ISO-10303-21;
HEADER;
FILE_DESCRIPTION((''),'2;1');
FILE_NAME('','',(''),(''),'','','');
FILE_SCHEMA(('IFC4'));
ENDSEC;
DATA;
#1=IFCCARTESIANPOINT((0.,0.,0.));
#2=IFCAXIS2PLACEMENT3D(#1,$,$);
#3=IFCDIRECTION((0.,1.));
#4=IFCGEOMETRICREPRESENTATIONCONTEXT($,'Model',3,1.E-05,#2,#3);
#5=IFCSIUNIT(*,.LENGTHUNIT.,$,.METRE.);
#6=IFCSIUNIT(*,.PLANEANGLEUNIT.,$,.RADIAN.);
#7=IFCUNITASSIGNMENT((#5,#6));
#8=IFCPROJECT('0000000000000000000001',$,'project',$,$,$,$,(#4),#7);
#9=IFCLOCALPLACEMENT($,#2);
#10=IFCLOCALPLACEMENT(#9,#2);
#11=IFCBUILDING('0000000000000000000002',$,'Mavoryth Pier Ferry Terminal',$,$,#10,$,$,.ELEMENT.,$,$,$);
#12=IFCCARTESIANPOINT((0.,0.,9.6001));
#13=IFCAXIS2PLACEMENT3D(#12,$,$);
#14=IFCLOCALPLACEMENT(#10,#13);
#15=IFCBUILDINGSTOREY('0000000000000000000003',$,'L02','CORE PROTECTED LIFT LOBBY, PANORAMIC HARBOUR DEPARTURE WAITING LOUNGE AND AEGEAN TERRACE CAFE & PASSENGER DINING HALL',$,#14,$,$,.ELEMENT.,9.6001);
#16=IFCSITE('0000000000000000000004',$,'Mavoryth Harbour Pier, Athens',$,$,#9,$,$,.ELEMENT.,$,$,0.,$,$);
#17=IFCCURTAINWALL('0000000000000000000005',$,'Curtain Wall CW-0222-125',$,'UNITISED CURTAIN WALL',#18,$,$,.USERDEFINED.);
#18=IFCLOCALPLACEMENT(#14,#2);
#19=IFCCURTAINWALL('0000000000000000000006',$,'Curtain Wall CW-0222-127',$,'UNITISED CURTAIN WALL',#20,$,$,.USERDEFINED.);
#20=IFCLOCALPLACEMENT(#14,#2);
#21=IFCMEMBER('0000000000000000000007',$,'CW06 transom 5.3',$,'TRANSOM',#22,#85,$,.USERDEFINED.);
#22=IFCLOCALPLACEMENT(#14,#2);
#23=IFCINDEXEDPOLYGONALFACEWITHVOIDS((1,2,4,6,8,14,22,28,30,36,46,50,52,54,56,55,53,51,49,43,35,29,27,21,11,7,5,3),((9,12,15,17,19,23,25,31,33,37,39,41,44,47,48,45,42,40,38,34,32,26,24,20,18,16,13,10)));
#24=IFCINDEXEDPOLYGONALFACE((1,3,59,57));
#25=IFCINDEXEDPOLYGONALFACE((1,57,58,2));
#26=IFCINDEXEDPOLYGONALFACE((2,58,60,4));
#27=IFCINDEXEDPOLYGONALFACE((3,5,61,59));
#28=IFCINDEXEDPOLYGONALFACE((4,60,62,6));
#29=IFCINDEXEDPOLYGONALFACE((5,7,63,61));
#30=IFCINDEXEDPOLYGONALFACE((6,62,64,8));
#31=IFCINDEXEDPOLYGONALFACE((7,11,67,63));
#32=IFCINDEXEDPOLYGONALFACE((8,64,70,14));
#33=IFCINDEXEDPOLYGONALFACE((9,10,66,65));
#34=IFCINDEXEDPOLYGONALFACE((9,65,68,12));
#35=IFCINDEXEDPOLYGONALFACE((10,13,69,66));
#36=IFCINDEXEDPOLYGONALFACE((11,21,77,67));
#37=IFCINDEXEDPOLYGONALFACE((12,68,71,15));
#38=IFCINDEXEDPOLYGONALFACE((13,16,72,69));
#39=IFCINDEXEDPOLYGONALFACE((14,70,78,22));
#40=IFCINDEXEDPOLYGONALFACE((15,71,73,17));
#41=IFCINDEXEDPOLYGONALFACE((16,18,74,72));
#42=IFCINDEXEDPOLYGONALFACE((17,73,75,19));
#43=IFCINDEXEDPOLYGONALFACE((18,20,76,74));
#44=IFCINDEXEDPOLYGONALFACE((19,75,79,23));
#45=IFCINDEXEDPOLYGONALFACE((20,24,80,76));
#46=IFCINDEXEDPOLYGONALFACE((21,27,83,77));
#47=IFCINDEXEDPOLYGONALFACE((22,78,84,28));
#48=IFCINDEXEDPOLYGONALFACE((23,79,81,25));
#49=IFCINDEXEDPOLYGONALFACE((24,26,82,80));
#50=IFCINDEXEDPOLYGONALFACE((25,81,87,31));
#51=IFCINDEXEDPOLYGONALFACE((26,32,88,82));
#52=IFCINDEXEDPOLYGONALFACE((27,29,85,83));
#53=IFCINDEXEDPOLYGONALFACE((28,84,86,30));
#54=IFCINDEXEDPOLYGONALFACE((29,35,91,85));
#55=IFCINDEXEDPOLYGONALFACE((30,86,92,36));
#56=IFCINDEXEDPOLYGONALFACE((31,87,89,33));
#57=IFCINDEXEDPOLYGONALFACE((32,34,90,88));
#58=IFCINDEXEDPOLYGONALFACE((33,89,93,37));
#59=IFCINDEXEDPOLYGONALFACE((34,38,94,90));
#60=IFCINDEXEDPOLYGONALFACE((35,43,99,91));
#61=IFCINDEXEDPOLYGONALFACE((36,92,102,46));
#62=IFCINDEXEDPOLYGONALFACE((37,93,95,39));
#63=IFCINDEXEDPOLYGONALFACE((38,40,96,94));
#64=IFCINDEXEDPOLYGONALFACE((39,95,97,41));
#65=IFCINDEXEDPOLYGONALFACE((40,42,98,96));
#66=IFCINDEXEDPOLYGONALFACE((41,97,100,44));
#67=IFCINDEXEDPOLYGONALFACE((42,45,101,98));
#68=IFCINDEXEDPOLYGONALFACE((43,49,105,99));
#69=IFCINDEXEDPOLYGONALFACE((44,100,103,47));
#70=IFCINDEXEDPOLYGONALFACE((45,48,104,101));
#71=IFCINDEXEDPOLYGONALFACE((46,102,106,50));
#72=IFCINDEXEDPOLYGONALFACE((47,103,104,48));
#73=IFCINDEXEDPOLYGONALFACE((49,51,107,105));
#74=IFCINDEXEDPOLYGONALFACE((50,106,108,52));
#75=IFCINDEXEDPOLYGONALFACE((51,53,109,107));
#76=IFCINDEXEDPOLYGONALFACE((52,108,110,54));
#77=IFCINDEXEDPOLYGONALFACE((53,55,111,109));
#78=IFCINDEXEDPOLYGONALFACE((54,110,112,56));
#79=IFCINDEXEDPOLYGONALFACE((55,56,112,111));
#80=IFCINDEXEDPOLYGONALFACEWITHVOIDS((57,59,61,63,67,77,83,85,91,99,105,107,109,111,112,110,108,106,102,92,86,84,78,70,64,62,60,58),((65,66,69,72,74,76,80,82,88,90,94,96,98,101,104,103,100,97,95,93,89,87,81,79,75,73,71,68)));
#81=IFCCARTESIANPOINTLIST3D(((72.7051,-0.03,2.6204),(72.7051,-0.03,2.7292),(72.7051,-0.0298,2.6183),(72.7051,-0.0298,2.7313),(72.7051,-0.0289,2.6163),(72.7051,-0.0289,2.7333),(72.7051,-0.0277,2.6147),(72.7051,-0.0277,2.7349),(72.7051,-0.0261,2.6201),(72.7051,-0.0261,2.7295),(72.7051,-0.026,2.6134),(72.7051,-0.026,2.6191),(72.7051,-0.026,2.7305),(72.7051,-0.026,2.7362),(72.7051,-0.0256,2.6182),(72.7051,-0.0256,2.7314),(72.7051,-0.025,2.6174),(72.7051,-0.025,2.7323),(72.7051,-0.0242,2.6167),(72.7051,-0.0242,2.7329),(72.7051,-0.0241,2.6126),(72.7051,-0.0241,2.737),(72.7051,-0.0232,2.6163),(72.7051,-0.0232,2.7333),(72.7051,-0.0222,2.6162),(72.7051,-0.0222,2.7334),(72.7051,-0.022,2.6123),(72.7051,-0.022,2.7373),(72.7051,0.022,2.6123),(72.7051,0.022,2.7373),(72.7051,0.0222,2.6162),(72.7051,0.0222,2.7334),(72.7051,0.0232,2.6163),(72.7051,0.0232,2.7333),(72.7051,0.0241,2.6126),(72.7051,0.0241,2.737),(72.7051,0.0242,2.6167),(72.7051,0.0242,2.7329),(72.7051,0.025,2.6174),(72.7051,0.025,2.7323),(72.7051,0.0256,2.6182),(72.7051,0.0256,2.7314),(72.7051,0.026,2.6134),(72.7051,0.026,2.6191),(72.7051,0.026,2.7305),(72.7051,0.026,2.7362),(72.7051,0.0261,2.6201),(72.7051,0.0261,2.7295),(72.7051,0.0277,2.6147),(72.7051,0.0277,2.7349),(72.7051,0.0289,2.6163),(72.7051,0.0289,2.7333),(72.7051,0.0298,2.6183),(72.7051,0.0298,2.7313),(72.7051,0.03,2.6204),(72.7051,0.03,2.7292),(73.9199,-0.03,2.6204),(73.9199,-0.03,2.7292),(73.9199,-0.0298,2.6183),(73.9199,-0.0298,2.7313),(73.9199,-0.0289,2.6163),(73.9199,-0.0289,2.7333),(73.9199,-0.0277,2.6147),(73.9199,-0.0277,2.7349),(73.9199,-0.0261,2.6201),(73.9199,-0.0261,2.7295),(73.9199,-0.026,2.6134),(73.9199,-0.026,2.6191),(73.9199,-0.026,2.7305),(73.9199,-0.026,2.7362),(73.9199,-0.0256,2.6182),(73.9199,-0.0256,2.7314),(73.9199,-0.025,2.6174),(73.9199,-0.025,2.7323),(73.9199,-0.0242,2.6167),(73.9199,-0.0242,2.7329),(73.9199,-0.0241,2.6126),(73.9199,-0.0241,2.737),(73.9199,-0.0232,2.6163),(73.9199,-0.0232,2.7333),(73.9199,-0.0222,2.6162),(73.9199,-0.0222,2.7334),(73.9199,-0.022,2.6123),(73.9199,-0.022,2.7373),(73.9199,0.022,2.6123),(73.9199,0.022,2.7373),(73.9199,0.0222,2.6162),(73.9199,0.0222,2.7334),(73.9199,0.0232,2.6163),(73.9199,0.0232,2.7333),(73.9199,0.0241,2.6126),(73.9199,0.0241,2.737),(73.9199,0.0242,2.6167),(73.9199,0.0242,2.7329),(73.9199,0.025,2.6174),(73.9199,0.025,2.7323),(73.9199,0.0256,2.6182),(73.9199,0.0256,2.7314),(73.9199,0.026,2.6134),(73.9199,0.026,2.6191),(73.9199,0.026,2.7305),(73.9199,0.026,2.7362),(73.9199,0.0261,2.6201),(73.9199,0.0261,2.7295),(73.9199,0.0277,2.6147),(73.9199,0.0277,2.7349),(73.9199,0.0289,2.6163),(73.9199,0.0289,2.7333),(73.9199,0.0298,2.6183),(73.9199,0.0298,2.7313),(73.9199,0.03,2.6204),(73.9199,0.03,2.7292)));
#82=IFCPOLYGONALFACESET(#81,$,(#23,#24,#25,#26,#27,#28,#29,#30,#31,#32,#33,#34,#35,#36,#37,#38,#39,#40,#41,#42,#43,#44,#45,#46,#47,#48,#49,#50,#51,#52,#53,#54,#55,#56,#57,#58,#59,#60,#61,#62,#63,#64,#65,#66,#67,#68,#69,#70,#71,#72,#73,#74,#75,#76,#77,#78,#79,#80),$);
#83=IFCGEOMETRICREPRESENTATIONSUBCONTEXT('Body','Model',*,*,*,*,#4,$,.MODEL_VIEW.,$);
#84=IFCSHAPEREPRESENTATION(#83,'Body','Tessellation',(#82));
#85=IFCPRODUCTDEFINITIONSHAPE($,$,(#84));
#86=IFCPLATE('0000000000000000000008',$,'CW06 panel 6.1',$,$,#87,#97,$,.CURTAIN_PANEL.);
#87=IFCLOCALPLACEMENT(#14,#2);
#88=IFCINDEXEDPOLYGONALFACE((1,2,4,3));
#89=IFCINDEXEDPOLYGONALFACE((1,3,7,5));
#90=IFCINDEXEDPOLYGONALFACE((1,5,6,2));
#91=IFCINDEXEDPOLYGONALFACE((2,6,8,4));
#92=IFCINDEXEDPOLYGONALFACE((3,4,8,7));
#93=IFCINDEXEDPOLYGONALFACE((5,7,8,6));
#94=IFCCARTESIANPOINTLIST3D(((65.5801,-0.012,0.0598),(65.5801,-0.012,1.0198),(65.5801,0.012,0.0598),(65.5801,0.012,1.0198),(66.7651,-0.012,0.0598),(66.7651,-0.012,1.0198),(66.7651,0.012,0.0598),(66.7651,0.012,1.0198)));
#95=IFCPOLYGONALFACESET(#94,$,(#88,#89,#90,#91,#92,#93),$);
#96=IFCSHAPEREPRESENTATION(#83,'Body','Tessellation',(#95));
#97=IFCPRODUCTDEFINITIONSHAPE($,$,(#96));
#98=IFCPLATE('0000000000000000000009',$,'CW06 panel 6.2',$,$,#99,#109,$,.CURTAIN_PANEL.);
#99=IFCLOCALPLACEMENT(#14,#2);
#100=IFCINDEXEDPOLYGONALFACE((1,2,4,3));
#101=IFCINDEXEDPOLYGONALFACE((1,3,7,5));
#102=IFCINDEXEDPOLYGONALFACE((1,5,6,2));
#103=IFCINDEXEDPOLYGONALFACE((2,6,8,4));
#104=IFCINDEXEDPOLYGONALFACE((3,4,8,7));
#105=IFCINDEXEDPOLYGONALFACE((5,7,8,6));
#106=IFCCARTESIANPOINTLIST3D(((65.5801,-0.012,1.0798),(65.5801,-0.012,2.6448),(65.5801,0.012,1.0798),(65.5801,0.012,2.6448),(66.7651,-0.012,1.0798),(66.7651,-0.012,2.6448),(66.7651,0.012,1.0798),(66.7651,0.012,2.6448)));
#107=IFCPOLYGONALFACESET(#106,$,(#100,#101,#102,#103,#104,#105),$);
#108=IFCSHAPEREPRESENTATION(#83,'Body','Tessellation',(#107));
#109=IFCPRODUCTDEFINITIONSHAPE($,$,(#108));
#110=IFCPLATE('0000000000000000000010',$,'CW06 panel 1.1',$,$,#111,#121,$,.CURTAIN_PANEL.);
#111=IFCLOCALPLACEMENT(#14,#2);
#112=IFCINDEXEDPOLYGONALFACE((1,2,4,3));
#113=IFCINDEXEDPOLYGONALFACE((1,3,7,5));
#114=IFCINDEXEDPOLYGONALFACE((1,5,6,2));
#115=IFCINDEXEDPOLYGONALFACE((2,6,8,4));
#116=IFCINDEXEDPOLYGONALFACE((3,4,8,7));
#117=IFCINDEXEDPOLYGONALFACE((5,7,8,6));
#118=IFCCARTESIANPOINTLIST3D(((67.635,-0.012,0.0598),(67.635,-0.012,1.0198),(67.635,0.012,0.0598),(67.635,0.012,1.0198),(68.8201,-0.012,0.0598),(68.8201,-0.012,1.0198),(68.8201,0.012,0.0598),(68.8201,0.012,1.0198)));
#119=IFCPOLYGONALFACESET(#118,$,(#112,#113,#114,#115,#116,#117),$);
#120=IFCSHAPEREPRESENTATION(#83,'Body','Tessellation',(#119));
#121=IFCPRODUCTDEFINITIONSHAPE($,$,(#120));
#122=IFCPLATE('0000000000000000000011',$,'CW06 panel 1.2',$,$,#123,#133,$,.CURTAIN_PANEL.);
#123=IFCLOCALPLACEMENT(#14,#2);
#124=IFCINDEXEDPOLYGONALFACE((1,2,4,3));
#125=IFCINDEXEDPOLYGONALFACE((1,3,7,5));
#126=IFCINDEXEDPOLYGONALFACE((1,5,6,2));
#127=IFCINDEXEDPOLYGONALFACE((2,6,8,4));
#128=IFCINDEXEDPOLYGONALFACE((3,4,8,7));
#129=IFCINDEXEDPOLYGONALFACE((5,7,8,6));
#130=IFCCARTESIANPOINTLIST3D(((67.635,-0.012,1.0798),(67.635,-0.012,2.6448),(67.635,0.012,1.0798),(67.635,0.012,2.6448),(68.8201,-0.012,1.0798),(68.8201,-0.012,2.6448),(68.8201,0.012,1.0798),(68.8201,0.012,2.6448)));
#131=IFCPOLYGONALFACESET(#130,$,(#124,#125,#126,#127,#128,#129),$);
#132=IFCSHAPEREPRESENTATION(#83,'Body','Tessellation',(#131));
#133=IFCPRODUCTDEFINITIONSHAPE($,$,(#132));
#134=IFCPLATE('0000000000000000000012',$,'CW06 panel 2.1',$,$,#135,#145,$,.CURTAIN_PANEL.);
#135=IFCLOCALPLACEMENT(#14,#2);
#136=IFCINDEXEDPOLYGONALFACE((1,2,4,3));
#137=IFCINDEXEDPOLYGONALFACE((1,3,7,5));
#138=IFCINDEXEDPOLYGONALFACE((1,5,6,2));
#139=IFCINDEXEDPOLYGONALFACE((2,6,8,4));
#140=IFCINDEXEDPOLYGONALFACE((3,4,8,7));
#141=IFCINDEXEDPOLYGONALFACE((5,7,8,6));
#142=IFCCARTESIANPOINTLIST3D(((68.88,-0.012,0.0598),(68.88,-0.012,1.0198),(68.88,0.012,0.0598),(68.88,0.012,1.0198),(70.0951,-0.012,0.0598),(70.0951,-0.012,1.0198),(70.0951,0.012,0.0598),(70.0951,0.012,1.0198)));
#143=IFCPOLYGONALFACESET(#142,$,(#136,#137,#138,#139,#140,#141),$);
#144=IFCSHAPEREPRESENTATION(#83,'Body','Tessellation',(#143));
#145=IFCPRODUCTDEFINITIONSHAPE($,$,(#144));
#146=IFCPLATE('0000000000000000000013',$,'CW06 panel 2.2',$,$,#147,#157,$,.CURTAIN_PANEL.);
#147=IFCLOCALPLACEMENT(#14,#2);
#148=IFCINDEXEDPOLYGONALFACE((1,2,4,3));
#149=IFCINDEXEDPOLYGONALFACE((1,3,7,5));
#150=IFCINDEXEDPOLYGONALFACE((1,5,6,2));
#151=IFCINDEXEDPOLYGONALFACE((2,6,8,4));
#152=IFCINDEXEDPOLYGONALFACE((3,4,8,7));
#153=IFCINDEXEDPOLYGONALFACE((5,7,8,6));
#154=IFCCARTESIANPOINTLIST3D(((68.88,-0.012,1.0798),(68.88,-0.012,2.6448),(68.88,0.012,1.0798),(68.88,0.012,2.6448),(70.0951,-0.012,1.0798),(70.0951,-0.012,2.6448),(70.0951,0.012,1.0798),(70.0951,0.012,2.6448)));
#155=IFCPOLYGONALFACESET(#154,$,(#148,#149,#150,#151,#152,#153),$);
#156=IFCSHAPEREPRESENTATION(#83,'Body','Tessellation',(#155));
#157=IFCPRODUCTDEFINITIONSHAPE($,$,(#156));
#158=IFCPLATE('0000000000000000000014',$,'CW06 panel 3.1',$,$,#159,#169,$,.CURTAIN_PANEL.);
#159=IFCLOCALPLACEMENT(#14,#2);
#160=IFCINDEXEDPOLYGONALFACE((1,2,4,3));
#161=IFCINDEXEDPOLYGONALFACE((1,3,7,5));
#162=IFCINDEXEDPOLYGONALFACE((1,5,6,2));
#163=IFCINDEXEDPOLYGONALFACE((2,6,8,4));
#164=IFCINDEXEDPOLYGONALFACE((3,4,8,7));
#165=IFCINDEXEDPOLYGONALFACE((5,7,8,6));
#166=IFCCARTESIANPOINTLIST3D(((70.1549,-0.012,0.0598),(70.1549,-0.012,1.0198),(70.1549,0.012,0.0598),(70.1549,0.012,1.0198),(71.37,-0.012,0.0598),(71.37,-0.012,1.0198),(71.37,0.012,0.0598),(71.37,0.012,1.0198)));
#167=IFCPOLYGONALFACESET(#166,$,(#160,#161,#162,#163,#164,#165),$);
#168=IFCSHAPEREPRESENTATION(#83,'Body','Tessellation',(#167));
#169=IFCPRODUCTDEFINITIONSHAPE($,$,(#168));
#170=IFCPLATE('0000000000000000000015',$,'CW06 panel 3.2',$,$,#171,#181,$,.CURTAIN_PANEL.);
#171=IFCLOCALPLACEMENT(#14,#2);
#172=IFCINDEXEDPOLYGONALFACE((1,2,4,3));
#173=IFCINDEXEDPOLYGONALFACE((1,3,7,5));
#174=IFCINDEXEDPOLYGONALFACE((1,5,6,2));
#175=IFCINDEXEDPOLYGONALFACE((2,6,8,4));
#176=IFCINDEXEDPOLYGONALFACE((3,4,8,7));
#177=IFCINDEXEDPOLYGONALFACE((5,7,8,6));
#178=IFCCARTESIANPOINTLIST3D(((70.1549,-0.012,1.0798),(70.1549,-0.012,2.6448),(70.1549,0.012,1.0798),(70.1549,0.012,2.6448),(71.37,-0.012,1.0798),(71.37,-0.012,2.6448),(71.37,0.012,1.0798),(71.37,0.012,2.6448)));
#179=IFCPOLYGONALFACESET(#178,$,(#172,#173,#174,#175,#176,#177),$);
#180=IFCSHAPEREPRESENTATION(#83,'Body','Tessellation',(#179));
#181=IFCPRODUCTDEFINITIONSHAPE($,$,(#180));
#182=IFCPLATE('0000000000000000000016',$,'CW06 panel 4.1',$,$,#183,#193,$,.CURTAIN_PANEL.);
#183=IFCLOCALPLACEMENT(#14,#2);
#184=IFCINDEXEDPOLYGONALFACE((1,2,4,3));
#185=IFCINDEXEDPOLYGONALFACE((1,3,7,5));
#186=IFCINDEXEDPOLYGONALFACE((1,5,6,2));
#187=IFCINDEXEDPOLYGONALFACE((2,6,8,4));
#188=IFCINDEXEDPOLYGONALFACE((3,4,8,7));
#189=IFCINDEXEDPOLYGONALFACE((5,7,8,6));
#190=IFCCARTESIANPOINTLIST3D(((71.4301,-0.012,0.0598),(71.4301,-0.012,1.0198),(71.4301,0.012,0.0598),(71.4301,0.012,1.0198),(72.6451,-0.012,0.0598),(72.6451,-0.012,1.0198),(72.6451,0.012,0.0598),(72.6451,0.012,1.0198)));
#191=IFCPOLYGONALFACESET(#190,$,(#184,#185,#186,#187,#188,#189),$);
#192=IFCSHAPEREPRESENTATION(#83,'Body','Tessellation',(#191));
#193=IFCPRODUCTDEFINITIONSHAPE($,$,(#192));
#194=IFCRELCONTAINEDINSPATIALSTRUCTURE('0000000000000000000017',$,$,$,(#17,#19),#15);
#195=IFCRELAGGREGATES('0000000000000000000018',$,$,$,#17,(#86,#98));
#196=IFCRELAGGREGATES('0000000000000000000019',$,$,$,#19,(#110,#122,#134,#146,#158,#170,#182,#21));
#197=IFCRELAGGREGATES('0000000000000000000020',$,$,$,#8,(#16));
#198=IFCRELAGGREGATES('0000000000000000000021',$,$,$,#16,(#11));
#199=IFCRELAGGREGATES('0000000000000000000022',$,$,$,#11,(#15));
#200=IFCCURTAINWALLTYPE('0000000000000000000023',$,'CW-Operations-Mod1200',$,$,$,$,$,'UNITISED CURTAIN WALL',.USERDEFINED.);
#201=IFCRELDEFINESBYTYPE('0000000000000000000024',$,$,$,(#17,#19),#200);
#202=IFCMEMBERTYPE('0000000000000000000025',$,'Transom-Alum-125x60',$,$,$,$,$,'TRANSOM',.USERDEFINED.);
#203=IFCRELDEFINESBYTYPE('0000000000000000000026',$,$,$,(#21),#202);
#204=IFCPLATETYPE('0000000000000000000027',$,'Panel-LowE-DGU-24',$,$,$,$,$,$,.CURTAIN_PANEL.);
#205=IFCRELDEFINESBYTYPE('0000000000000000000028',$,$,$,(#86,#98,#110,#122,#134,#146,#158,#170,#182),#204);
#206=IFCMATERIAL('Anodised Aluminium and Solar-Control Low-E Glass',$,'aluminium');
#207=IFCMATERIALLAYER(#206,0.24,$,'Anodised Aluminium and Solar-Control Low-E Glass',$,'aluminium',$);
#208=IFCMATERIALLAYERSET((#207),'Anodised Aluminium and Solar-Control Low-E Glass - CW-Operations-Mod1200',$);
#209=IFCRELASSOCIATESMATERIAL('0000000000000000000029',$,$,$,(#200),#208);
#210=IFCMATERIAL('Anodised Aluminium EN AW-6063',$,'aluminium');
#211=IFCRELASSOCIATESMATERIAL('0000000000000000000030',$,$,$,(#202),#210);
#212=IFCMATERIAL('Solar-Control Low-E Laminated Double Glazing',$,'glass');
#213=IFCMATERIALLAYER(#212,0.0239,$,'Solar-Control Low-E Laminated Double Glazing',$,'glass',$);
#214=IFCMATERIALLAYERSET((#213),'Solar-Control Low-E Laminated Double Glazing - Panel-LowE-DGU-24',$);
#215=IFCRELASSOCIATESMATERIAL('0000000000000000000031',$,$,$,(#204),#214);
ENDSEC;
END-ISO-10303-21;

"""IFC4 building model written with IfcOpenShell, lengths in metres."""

from ifc_helpers import new_model, si_unit, direction, frame, origin, origin_2d, place, context, subcontext, project, spatial, rectangle, hollow_rectangle, extrude, material, layer, layer_set, material_profile, profile_set, type_object, element, aggregate, save


model = new_model("IFC4")

# Units and contexts
model_context = context("Model", 3, precision=1e-05, world=origin(), true_north=direction((0.0, 1.0)))
body_context = subcontext(model_context, "Body", "Model", "MODEL_VIEW")
ifc_project = project(units=[si_unit("LENGTHUNIT", "METRE"), si_unit("PLANEANGLEUNIT", "RADIAN")], contexts=[model_context])

# Site, building, storey
site_placement = place(None, origin())
site = spatial("IfcSite", under=ifc_project, at=site_placement, Name="Mavoryth Harbour Pier, Athens", CompositionType="ELEMENT", RefElevation=0.0)
building_placement = place(site_placement, origin())
building = spatial("IfcBuilding", under=site, at=building_placement, Name="Mavoryth Pier Ferry Terminal", CompositionType="ELEMENT")
storey_placement = place(building_placement, frame((0.0, 0.0, 9.6001)))
storey = spatial("IfcBuildingStorey", under=building, at=storey_placement, Name="L02", Description="CORE PROTECTED LIFT LOBBY, PANORAMIC HARBOUR DEPARTURE WAITING LOUNGE AND AEGEAN TERRACE CAFE & PASSENGER DINING HALL", CompositionType="ELEMENT", Elevation=9.6001)

# Curtain wall
ifc_material_1 = material(Name="Anodised Aluminium and Solar-Control Low-E Glass", Category="aluminium")
ifc_layer_1 = layer(ifc_material_1, 0.24, Name="Anodised Aluminium and Solar-Control Low-E Glass", Category="aluminium")
ifc_layer_set_1 = layer_set([ifc_layer_1], Name="Anodised Aluminium and Solar-Control Low-E Glass - CW-Operations-Mod1200")
curtain_wall_type = type_object("IfcCurtainWallType", Name="CW-Operations-Mod1200", ElementType="UNITISED CURTAIN WALL", PredefinedType="USERDEFINED", material=ifc_layer_set_1)
curtain_wall_1_placement = place(storey_placement, origin())
curtain_wall_1 = element("IfcCurtainWall", 1, at=curtain_wall_1_placement, inside=storey, type_object=curtain_wall_type, Name="Curtain Wall CW-0222-125", ObjectType="UNITISED CURTAIN WALL", PredefinedType="USERDEFINED")
ifc_material_2 = material(Name="Anodised Aluminium EN AW-6063", Category="aluminium")

# Curtain wall
curtain_wall_2_placement = place(storey_placement, origin())
curtain_wall_2 = element("IfcCurtainWall", 2, at=curtain_wall_2_placement, inside=storey, type_object=curtain_wall_type, Name="Curtain Wall CW-0222-127", ObjectType="UNITISED CURTAIN WALL", PredefinedType="USERDEFINED")

# Member
ifc_material_profile_1 = material_profile(ifc_material_2, hollow_rectangle(XDim=0.0601, YDim=0.125, WallThickness=0.0039, InnerFilletRadius=0.0039, OuterFilletRadius=0.0081, at=origin_2d()), Name="AL-TRAN 125x60x4", Category="aluminium")
ifc_profile_set_1 = profile_set([ifc_material_profile_1], Name="Anodised Aluminium EN AW-6063 - AL-TRAN 125x60x4")
member_type_1 = type_object("IfcMemberType", Name="Transom-Alum-125x60", ElementType="TRANSOM", PredefinedType="USERDEFINED", material=ifc_profile_set_1)
member_1_placement = place(storey_placement, frame((72.7051, 0.0, 2.6748), z_axis=(1.0, 0.0, 0.0), x_axis=(0.0, 1.0, 0.0)))
member_1 = element("IfcMember", 3, at=member_1_placement, type_object=member_type_1, Name="CW06 transom 5.3", ObjectType="TRANSOM", PredefinedType="USERDEFINED", context=body_context, shape_type="SweptSolid", body=[
    extrude(hollow_rectangle(XDim=0.0601, YDim=0.125, WallThickness=0.0039, InnerFilletRadius=0.0039, OuterFilletRadius=0.0081, at=origin_2d()), origin(), (0.0, 0.0, 1.0), 1.2148),
])

# Plates
ifc_material_3 = material(Name="Solar-Control Low-E Laminated Double Glazing", Category="glass")
ifc_layer_2 = layer(ifc_material_3, 0.0239, Name="Solar-Control Low-E Laminated Double Glazing", Category="glass")
ifc_layer_set_2 = layer_set([ifc_layer_2], Name="Solar-Control Low-E Laminated Double Glazing - Panel-LowE-DGU-24")
plate_type = type_object("IfcPlateType", Name="Panel-LowE-DGU-24", PredefinedType="CURTAIN_PANEL", material=ifc_layer_set_2)
plate_1_placement = place(storey_placement, frame((66.1726, 0.0, 0.0598), z_axis=(0.0, 0.0, 1.0), x_axis=(1.0, 0.0, 0.0)))
plate_1 = element("IfcPlate", 4, at=plate_1_placement, type_object=plate_type, Name="CW06 panel 6.1", PredefinedType="CURTAIN_PANEL", context=body_context, shape_type="SweptSolid", body=[
    extrude(rectangle(XDim=1.1851, YDim=0.0239, at=origin_2d()), origin(), (0.0, 0.0, 1.0), 0.96),
])
plate_2_placement = place(storey_placement, frame((66.1726, 0.0, 1.0798), z_axis=(0.0, 0.0, 1.0), x_axis=(1.0, 0.0, 0.0)))
plate_2 = element("IfcPlate", 5, at=plate_2_placement, type_object=plate_type, Name="CW06 panel 6.2", PredefinedType="CURTAIN_PANEL", context=body_context, shape_type="SweptSolid", body=[
    extrude(rectangle(XDim=1.1851, YDim=0.0239, at=origin_2d()), origin(), (0.0, 0.0, 1.0), 1.5649),
])
aggregate(curtain_wall_1, [plate_1, plate_2])
plate_3_placement = place(storey_placement, frame((68.2275, 0.0, 0.0598), z_axis=(0.0, 0.0, 1.0), x_axis=(1.0, 0.0, 0.0)))
plate_3 = element("IfcPlate", 6, at=plate_3_placement, type_object=plate_type, Name="CW06 panel 1.1", PredefinedType="CURTAIN_PANEL", context=body_context, shape_type="SweptSolid", body=[
    extrude(rectangle(XDim=1.1851, YDim=0.0239, at=origin_2d()), origin(), (0.0, 0.0, 1.0), 0.96),
])
plate_4_placement = place(storey_placement, frame((68.2275, 0.0, 1.0798), z_axis=(0.0, 0.0, 1.0), x_axis=(1.0, 0.0, 0.0)))
plate_4 = element("IfcPlate", 7, at=plate_4_placement, type_object=plate_type, Name="CW06 panel 1.2", PredefinedType="CURTAIN_PANEL", context=body_context, shape_type="SweptSolid", body=[
    extrude(rectangle(XDim=1.1851, YDim=0.0239, at=origin_2d()), origin(), (0.0, 0.0, 1.0), 1.5649),
])
plate_5_placement = place(storey_placement, frame((69.4875, 0.0, 0.0598), z_axis=(0.0, 0.0, 1.0), x_axis=(1.0, 0.0, 0.0)))
plate_5 = element("IfcPlate", 8, at=plate_5_placement, type_object=plate_type, Name="CW06 panel 2.1", PredefinedType="CURTAIN_PANEL", context=body_context, shape_type="SweptSolid", body=[
    extrude(rectangle(XDim=1.2151, YDim=0.0239, at=origin_2d()), origin(), (0.0, 0.0, 1.0), 0.96),
])
plate_6_placement = place(storey_placement, frame((69.4875, 0.0, 1.0798), z_axis=(0.0, 0.0, 1.0), x_axis=(1.0, 0.0, 0.0)))
plate_6 = element("IfcPlate", 9, at=plate_6_placement, type_object=plate_type, Name="CW06 panel 2.2", PredefinedType="CURTAIN_PANEL", context=body_context, shape_type="SweptSolid", body=[
    extrude(rectangle(XDim=1.2151, YDim=0.0239, at=origin_2d()), origin(), (0.0, 0.0, 1.0), 1.5649),
])
plate_7_placement = place(storey_placement, frame((70.7625, 0.0, 0.0598), z_axis=(0.0, 0.0, 1.0), x_axis=(1.0, 0.0, 0.0)))
plate_7 = element("IfcPlate", 10, at=plate_7_placement, type_object=plate_type, Name="CW06 panel 3.1", PredefinedType="CURTAIN_PANEL", context=body_context, shape_type="SweptSolid", body=[
    extrude(rectangle(XDim=1.2151, YDim=0.0239, at=origin_2d()), origin(), (0.0, 0.0, 1.0), 0.96),
])
plate_8_placement = place(storey_placement, frame((70.7625, 0.0, 1.0798), z_axis=(0.0, 0.0, 1.0), x_axis=(1.0, 0.0, 0.0)))
plate_8 = element("IfcPlate", 11, at=plate_8_placement, type_object=plate_type, Name="CW06 panel 3.2", PredefinedType="CURTAIN_PANEL", context=body_context, shape_type="SweptSolid", body=[
    extrude(rectangle(XDim=1.2151, YDim=0.0239, at=origin_2d()), origin(), (0.0, 0.0, 1.0), 1.5649),
])
plate_9_placement = place(storey_placement, frame((72.0376, 0.0, 0.0598), z_axis=(0.0, 0.0, 1.0), x_axis=(1.0, 0.0, 0.0)))
plate_9 = element("IfcPlate", 12, at=plate_9_placement, type_object=plate_type, Name="CW06 panel 4.1", PredefinedType="CURTAIN_PANEL", context=body_context, shape_type="SweptSolid", body=[
    extrude(rectangle(XDim=1.2151, YDim=0.0239, at=origin_2d()), origin(), (0.0, 0.0, 1.0), 0.96),
])
aggregate(curtain_wall_2, [plate_3, plate_4, plate_5, plate_6, plate_7, plate_8, plate_9, member_1])

save(model, "model.ifc")
